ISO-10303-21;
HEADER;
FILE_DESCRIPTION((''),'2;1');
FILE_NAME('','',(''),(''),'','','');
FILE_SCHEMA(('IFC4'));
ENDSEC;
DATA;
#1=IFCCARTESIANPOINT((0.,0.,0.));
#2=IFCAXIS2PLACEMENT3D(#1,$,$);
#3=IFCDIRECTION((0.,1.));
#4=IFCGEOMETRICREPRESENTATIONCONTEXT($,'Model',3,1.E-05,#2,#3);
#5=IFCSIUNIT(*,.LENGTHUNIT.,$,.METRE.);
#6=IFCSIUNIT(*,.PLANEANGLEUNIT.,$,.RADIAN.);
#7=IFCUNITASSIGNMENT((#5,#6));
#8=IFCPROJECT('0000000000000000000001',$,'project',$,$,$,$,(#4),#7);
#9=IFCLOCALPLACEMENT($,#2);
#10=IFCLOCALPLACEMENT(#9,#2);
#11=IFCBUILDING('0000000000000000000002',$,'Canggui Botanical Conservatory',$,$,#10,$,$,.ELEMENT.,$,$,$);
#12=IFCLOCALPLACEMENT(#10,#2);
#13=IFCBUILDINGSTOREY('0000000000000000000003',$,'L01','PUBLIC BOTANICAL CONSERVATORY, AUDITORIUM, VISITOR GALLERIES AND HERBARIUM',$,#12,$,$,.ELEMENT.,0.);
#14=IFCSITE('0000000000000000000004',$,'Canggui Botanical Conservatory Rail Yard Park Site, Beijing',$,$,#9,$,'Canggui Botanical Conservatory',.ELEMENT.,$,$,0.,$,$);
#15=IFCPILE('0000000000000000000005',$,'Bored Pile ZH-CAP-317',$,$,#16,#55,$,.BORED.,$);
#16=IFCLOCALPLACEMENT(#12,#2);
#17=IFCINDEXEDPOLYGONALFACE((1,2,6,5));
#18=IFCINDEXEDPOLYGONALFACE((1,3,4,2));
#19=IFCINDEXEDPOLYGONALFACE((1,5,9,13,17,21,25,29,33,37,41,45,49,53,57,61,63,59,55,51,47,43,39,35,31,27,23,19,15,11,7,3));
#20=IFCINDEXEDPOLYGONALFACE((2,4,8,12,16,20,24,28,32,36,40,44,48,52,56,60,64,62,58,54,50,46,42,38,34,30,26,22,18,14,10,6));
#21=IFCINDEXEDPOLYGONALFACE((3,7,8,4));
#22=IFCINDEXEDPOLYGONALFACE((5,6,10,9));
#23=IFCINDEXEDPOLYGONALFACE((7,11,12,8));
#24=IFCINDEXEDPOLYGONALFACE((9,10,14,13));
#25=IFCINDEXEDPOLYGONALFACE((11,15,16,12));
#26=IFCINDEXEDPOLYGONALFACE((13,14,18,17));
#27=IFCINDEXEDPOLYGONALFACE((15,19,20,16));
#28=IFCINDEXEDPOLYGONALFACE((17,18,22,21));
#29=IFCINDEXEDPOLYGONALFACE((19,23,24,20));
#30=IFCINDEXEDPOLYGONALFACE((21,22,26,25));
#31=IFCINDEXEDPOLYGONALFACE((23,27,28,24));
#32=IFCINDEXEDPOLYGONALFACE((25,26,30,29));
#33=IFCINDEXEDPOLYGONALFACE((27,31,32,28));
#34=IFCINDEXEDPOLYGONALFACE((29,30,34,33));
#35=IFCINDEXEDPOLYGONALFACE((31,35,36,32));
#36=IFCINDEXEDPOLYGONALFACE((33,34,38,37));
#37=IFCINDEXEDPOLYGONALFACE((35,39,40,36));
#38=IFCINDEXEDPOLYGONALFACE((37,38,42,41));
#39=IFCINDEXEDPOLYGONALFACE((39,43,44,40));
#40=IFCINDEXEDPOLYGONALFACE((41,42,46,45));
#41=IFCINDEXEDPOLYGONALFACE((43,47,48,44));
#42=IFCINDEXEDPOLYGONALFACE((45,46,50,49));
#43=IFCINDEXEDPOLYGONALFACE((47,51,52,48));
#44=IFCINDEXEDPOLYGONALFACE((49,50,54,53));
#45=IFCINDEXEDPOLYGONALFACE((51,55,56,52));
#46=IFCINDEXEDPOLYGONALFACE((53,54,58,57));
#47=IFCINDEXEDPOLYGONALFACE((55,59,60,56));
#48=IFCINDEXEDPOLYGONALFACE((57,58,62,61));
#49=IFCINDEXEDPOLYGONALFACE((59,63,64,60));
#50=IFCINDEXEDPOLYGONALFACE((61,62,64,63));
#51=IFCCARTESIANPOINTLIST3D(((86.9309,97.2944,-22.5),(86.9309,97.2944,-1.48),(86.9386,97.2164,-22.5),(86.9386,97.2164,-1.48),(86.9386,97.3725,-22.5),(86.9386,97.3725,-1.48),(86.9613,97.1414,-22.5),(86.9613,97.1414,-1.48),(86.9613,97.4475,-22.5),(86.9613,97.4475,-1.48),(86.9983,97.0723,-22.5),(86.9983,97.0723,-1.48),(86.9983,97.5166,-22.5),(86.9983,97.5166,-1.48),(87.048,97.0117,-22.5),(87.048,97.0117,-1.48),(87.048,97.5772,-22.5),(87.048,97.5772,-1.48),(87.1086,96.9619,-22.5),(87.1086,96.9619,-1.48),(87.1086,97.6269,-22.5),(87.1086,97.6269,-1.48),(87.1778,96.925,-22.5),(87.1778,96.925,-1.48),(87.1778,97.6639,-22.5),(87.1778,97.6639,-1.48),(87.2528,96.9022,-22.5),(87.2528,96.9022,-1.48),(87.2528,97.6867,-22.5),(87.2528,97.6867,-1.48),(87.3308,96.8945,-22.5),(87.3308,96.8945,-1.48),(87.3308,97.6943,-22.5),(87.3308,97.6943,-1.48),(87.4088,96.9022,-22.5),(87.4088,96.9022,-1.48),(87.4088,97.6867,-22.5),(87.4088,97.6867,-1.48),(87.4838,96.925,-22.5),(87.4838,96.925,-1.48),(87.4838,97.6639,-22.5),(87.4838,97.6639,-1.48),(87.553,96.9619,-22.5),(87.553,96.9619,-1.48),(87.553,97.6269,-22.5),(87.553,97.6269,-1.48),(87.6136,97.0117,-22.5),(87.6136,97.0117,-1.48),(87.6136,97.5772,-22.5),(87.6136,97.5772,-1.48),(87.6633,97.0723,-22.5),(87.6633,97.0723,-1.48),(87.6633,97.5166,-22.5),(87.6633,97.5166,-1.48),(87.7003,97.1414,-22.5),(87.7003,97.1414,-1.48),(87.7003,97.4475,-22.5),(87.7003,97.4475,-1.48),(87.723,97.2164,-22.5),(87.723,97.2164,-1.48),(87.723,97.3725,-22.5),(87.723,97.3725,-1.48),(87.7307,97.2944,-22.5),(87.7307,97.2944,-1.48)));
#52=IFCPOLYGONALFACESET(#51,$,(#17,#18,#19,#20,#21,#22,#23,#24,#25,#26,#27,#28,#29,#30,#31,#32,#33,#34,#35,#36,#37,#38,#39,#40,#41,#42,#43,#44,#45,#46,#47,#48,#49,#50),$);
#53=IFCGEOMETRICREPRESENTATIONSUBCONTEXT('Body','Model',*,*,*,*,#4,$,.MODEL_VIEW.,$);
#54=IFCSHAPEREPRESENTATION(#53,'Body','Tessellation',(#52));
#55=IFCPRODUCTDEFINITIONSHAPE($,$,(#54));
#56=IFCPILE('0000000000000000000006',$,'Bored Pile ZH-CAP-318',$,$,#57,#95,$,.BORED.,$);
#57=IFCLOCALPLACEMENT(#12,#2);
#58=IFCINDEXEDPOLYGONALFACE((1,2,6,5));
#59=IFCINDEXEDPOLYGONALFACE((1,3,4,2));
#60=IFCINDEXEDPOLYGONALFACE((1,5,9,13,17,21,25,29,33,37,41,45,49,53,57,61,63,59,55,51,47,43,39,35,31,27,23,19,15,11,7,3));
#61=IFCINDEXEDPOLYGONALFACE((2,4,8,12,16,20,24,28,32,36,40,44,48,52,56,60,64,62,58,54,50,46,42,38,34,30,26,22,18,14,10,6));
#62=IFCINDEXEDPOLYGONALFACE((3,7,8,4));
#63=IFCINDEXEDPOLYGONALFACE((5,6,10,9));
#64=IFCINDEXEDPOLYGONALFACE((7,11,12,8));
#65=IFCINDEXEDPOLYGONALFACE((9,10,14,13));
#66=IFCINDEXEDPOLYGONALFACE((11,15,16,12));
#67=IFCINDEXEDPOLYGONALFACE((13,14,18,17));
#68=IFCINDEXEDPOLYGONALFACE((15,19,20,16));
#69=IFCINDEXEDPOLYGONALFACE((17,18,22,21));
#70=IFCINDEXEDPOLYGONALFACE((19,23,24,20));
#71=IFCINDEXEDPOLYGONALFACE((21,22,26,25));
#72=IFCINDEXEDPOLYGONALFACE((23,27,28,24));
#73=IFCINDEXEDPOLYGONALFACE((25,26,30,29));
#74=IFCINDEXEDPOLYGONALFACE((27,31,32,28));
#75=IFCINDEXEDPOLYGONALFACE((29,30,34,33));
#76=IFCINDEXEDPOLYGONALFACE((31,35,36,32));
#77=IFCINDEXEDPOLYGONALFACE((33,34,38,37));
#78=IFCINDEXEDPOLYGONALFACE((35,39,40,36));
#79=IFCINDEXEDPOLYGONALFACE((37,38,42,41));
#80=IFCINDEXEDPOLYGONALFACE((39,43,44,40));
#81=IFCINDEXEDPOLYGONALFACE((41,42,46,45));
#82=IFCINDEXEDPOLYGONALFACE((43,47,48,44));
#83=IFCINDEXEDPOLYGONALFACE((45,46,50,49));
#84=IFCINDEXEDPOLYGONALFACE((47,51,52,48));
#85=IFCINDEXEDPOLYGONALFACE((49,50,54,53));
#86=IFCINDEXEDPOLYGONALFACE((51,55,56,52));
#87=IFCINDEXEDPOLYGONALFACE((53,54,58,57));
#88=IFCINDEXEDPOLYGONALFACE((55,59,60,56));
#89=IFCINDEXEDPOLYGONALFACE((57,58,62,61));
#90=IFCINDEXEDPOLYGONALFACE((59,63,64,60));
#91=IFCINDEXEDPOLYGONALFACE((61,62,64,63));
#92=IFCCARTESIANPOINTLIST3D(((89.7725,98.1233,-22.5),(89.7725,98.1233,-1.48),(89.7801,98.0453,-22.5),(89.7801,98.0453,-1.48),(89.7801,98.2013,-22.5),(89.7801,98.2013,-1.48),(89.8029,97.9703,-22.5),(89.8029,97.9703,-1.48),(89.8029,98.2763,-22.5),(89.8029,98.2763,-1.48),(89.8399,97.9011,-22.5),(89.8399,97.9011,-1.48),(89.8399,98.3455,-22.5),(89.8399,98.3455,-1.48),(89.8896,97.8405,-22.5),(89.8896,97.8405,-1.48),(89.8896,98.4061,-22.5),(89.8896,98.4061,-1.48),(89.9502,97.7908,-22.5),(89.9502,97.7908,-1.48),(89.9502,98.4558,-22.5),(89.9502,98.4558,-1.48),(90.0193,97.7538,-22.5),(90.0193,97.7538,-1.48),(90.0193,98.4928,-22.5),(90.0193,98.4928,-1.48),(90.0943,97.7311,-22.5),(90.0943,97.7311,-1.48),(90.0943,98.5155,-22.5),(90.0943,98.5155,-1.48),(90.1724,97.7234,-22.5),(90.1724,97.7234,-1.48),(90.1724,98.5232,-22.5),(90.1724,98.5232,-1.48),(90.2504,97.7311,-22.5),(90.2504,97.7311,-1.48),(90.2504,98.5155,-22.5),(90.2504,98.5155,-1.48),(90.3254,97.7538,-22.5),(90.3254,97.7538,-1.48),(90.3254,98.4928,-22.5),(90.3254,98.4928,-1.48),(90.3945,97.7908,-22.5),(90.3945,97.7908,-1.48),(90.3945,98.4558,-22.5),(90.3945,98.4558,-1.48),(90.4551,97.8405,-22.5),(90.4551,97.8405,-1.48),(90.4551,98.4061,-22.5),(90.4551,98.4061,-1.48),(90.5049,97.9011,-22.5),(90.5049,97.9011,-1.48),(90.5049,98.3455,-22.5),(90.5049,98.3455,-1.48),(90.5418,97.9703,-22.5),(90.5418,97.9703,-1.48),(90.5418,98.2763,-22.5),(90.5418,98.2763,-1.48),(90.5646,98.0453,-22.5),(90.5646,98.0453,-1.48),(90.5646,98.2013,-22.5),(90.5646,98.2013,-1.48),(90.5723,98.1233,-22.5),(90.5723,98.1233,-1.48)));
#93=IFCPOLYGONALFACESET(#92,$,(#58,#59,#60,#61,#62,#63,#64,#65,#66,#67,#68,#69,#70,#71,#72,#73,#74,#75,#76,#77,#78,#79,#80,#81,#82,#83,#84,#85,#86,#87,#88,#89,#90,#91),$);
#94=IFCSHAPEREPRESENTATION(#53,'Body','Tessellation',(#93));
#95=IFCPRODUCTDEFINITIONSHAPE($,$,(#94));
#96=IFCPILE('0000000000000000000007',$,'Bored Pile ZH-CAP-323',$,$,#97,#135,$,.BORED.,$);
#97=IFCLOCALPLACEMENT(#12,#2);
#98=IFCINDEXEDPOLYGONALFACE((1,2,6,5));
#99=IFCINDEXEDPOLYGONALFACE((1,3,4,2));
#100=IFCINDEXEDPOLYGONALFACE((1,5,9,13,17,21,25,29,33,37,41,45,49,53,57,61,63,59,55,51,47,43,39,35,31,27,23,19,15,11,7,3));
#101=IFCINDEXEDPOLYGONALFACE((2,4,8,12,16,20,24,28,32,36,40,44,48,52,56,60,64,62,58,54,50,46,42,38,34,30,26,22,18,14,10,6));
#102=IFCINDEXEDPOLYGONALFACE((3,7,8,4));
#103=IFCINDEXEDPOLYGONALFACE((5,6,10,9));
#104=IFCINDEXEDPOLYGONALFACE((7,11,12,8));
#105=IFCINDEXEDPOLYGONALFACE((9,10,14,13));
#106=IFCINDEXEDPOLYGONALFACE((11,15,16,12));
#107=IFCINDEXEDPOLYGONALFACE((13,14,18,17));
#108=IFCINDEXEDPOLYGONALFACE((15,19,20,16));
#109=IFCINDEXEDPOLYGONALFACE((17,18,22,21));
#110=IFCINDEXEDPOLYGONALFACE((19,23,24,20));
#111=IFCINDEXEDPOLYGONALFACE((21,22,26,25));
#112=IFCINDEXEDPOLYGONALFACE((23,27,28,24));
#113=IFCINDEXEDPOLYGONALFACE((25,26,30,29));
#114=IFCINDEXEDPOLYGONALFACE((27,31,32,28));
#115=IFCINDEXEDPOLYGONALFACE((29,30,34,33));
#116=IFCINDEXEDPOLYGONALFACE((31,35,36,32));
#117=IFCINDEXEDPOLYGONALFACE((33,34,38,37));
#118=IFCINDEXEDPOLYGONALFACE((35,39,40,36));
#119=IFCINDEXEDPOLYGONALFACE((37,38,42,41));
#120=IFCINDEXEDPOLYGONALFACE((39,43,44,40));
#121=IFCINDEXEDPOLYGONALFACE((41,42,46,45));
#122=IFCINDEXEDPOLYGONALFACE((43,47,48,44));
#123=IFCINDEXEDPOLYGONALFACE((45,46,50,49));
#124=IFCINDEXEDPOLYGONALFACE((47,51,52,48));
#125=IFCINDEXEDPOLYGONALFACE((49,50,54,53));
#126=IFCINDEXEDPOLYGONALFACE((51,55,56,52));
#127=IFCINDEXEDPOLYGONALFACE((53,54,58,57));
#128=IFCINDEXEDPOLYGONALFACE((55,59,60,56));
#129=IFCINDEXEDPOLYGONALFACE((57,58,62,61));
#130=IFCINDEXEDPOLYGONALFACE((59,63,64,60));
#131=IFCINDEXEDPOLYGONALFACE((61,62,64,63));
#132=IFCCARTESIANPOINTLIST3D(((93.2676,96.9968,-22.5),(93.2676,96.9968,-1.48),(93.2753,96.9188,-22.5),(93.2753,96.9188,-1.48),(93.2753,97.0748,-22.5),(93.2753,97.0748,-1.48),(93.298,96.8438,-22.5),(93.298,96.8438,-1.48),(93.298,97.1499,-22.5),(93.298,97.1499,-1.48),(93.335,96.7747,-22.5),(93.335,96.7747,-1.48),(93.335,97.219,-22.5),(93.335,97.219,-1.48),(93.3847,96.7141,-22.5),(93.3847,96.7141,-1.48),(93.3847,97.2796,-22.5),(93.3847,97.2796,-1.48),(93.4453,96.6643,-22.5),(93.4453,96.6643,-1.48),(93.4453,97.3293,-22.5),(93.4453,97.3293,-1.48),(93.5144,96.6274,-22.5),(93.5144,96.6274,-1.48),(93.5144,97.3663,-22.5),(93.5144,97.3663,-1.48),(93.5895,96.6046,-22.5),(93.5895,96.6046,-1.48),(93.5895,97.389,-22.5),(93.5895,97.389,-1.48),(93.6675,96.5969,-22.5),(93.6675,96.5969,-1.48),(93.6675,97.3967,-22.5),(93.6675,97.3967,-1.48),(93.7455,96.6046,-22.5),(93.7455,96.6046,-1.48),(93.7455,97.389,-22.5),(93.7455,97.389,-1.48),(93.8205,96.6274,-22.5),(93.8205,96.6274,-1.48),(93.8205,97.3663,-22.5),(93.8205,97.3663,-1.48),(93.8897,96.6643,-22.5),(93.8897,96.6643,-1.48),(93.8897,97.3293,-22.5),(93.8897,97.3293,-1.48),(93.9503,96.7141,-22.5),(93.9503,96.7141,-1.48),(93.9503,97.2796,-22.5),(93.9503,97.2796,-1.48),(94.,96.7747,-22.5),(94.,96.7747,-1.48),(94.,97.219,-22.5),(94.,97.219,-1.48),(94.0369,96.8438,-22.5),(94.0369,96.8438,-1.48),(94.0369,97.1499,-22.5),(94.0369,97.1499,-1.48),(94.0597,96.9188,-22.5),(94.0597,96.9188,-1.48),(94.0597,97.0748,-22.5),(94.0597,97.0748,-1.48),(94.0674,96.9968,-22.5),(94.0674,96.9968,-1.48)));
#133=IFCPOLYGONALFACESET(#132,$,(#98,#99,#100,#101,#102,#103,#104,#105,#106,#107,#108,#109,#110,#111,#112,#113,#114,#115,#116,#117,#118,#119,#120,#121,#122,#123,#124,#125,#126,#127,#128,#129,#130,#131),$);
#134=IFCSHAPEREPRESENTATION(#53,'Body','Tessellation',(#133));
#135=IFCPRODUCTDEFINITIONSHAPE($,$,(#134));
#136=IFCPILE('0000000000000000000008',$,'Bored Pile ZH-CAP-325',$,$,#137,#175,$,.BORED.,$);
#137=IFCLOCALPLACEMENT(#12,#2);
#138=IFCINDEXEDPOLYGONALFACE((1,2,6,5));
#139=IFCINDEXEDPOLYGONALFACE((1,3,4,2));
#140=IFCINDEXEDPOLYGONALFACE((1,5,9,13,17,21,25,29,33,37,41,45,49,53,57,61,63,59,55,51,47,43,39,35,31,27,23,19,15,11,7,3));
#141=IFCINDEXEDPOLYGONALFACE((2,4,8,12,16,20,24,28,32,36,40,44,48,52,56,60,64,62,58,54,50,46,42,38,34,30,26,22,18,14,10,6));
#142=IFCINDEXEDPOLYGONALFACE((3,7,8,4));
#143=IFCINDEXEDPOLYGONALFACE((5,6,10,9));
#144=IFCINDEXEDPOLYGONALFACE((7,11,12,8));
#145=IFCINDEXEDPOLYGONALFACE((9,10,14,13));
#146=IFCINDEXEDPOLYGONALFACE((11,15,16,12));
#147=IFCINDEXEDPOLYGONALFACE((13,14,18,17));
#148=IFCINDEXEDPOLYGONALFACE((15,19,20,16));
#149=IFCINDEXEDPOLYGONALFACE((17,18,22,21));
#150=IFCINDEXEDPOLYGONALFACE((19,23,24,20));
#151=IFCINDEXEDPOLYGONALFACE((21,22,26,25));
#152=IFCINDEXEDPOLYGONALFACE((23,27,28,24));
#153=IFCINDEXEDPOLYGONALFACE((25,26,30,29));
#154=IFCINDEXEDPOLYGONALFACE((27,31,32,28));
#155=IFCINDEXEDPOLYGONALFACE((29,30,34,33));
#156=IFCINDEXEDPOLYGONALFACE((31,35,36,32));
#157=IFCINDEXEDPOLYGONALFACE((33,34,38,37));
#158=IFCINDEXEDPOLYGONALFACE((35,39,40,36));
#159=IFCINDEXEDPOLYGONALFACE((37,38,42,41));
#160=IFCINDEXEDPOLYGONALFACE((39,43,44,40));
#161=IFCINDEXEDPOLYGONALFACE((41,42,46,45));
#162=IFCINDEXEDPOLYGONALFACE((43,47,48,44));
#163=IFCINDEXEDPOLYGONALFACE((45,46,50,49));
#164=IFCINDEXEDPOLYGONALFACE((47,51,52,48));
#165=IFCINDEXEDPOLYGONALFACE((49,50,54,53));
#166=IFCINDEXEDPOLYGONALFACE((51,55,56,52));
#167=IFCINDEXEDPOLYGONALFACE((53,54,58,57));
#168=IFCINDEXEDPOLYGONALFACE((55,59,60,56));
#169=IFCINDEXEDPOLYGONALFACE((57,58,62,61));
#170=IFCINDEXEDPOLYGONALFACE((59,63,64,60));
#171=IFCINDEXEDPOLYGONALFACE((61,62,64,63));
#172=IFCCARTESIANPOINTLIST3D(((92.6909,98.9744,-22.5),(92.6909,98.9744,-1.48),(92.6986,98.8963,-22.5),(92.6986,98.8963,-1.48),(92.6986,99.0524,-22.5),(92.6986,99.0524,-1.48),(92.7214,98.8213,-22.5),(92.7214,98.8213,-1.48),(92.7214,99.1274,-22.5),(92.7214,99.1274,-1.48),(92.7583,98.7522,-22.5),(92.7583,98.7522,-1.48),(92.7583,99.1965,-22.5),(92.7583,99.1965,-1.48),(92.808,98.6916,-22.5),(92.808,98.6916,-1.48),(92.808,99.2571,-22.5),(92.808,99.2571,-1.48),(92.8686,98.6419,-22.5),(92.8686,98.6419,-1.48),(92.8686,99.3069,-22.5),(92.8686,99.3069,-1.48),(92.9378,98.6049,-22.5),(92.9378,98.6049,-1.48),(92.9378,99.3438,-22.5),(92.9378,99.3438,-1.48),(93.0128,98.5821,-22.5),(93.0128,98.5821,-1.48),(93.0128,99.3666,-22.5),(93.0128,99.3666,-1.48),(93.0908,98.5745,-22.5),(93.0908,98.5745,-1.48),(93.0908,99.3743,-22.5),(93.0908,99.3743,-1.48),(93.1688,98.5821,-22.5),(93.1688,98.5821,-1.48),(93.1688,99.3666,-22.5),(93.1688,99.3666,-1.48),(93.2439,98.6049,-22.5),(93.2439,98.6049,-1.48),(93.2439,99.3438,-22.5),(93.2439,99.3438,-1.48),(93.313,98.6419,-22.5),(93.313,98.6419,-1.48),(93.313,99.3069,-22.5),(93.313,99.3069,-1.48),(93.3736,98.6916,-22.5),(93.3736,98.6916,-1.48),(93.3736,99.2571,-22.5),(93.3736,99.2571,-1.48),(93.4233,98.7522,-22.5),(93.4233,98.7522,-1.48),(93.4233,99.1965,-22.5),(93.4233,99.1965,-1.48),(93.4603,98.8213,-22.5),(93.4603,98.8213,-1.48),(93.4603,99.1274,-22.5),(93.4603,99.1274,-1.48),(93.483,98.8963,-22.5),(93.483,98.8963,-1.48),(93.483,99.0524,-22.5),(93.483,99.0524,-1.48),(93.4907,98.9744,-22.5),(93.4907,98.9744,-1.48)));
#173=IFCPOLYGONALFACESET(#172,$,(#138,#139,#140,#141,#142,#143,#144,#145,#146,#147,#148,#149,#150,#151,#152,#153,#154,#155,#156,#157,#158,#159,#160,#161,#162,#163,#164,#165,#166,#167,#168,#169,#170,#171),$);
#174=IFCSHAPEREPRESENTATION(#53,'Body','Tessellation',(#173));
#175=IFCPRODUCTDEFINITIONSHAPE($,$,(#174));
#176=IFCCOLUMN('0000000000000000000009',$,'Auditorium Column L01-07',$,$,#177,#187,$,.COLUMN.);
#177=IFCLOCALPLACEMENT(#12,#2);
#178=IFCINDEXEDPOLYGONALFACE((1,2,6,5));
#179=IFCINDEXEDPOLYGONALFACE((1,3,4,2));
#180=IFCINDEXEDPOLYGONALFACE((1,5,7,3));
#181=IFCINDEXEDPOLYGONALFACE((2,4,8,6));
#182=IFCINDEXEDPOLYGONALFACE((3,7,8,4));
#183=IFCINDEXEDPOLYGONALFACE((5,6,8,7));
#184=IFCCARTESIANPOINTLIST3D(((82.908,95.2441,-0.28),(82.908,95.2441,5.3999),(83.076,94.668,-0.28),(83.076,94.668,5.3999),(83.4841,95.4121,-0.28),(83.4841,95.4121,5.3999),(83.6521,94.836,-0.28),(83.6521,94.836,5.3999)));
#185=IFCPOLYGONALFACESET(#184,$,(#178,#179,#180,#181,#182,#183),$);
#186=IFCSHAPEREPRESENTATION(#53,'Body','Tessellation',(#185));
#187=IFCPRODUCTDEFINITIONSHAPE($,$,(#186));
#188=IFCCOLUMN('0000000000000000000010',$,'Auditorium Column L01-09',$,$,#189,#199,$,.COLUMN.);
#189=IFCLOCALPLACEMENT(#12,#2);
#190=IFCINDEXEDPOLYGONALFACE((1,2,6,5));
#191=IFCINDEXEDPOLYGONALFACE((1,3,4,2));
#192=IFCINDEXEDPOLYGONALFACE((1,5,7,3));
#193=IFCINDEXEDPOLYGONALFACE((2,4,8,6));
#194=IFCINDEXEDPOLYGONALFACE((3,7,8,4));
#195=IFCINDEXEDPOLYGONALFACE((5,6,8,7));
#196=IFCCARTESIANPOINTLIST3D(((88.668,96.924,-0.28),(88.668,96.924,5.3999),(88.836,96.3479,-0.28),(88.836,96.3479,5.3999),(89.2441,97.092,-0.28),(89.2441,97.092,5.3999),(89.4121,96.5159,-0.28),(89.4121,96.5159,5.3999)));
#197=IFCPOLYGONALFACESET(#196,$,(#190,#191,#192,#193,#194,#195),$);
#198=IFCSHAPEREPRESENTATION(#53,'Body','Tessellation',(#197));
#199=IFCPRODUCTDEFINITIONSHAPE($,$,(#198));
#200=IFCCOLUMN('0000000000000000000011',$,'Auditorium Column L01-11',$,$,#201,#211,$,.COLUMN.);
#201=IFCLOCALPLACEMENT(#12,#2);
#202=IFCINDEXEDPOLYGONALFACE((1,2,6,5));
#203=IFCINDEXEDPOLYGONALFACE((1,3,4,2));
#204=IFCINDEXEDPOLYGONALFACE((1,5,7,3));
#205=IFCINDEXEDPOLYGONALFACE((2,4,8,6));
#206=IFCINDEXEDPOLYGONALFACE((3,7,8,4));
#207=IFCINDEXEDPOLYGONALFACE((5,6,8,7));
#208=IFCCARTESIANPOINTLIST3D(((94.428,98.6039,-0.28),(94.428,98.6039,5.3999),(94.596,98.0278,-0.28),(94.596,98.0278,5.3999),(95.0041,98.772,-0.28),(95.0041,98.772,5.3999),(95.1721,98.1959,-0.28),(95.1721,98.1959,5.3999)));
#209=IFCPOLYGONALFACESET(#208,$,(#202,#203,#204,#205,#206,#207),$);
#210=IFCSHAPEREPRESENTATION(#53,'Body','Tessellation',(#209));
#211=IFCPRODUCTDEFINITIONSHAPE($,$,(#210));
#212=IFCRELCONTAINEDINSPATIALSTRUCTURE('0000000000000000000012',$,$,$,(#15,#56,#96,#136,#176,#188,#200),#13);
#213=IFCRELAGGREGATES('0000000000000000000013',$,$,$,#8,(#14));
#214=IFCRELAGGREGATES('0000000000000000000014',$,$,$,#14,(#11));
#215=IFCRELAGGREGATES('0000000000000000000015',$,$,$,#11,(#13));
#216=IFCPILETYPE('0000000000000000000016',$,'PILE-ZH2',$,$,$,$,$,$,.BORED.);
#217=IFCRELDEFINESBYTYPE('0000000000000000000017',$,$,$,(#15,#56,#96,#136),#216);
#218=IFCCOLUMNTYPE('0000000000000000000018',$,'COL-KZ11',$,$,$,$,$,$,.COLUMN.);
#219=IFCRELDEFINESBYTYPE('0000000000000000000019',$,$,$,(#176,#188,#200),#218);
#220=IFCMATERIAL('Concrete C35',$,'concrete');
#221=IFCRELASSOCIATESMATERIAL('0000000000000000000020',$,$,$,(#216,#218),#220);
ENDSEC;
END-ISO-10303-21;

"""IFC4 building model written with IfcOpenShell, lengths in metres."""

from ifc_helpers import new_model, si_unit, direction, frame, origin, origin_2d, place, context, subcontext, project, spatial, rectangle, circle, extrude, material, material_profile, profile_set, type_object, element, save


model = new_model("IFC4")

# Units and contexts
model_context = context("Model", 3, precision=1e-05, world=origin(), true_north=direction((0.0, 1.0)))
body_context = subcontext(model_context, "Body", "Model", "MODEL_VIEW")
ifc_project = project(units=[si_unit("LENGTHUNIT", "METRE"), si_unit("PLANEANGLEUNIT", "RADIAN")], contexts=[model_context])

# Site, building, storey
site_placement = place(None, origin())
site = spatial("IfcSite", under=ifc_project, at=site_placement, Name="Canggui Botanical Conservatory Rail Yard Park Site, Beijing", LongName="Canggui Botanical Conservatory", CompositionType="ELEMENT", RefElevation=0.0)
building_placement = place(site_placement, origin())
building = spatial("IfcBuilding", under=site, at=building_placement, Name="Canggui Botanical Conservatory", CompositionType="ELEMENT")
storey_placement = place(building_placement, origin())
storey = spatial("IfcBuildingStorey", under=building, at=storey_placement, Name="L01", Description="PUBLIC BOTANICAL CONSERVATORY, AUDITORIUM, VISITOR GALLERIES AND HERBARIUM", CompositionType="ELEMENT", Elevation=0.0)

# Shared definitions
ifc_material_1 = material(Name="Concrete C35", Category="concrete")

# Piles
ifc_material_profile_1 = material_profile(ifc_material_1, circle(Radius=0.3999, at=origin_2d()), Name="PILE D800")
ifc_profile_set_1 = profile_set([ifc_material_profile_1], Name="Concrete C35")
pile_type = type_object("IfcPileType", Name="PILE-ZH2", PredefinedType="BORED", material=ifc_profile_set_1)
for number, where, z_axis, x_axis, name in (
    (1, (87.3308, 97.2944, -1.48), (0.0, 0.0, -1.0), (1.0, 0.0, 0.0), "Bored Pile ZH-CAP-317"),
    (2, (90.1724, 98.1233, -1.48), (0.0, 0.0, -1.0), (1.0, 0.0, 0.0), "Bored Pile ZH-CAP-318"),
    (3, (93.6675, 96.9968, -1.48), (0.0, 0.0, -1.0), (1.0, 0.0, 0.0), "Bored Pile ZH-CAP-323"),
    (4, (93.0908, 98.9744, -1.48), (0.0, 0.0, -1.0), (1.0, 0.0, 0.0), "Bored Pile ZH-CAP-325"),
):
    element("IfcPile", number, at=place(storey_placement, frame(where, z_axis=z_axis, x_axis=x_axis)), inside=storey, type_object=pile_type, Name=name, PredefinedType="BORED", context=body_context, shape_type="SweptSolid", body=[
        extrude(circle(Radius=0.3999, at=origin_2d()), origin(), (0.0, 0.0, 1.0), 21.02),
    ])

# Columns
ifc_material_profile_2 = material_profile(ifc_material_1, rectangle(XDim=0.6001, YDim=0.6001, at=origin_2d()), Name="RC 600x600")
ifc_profile_set_2 = profile_set([ifc_material_profile_2], Name="Concrete C35")
column_type = type_object("IfcColumnType", Name="COL-KZ11", PredefinedType="COLUMN", material=ifc_profile_set_2)
for number, where, z_axis, x_axis, name in (
    (5, (83.28, 95.04, -0.28), (0.0, 0.0, 1.0), (0.96, 0.28, 0.0), "Auditorium Column L01-07"),
    (6, (89.04, 96.72, -0.28), (0.0, 0.0, 1.0), (0.96, 0.28, 0.0), "Auditorium Column L01-09"),
    (7, (94.8, 98.3999, -0.28), (0.0, 0.0, 1.0), (0.96, 0.28, 0.0), "Auditorium Column L01-11"),
):
    element("IfcColumn", number, at=place(storey_placement, frame(where, z_axis=z_axis, x_axis=x_axis)), inside=storey, type_object=column_type, Name=name, PredefinedType="COLUMN", context=body_context, shape_type="SweptSolid", body=[
        extrude(rectangle(XDim=0.6001, YDim=0.6001, at=origin_2d()), origin(), (0.0, 0.0, 1.0), 5.6799),
    ])

save(model, "model.ifc")
